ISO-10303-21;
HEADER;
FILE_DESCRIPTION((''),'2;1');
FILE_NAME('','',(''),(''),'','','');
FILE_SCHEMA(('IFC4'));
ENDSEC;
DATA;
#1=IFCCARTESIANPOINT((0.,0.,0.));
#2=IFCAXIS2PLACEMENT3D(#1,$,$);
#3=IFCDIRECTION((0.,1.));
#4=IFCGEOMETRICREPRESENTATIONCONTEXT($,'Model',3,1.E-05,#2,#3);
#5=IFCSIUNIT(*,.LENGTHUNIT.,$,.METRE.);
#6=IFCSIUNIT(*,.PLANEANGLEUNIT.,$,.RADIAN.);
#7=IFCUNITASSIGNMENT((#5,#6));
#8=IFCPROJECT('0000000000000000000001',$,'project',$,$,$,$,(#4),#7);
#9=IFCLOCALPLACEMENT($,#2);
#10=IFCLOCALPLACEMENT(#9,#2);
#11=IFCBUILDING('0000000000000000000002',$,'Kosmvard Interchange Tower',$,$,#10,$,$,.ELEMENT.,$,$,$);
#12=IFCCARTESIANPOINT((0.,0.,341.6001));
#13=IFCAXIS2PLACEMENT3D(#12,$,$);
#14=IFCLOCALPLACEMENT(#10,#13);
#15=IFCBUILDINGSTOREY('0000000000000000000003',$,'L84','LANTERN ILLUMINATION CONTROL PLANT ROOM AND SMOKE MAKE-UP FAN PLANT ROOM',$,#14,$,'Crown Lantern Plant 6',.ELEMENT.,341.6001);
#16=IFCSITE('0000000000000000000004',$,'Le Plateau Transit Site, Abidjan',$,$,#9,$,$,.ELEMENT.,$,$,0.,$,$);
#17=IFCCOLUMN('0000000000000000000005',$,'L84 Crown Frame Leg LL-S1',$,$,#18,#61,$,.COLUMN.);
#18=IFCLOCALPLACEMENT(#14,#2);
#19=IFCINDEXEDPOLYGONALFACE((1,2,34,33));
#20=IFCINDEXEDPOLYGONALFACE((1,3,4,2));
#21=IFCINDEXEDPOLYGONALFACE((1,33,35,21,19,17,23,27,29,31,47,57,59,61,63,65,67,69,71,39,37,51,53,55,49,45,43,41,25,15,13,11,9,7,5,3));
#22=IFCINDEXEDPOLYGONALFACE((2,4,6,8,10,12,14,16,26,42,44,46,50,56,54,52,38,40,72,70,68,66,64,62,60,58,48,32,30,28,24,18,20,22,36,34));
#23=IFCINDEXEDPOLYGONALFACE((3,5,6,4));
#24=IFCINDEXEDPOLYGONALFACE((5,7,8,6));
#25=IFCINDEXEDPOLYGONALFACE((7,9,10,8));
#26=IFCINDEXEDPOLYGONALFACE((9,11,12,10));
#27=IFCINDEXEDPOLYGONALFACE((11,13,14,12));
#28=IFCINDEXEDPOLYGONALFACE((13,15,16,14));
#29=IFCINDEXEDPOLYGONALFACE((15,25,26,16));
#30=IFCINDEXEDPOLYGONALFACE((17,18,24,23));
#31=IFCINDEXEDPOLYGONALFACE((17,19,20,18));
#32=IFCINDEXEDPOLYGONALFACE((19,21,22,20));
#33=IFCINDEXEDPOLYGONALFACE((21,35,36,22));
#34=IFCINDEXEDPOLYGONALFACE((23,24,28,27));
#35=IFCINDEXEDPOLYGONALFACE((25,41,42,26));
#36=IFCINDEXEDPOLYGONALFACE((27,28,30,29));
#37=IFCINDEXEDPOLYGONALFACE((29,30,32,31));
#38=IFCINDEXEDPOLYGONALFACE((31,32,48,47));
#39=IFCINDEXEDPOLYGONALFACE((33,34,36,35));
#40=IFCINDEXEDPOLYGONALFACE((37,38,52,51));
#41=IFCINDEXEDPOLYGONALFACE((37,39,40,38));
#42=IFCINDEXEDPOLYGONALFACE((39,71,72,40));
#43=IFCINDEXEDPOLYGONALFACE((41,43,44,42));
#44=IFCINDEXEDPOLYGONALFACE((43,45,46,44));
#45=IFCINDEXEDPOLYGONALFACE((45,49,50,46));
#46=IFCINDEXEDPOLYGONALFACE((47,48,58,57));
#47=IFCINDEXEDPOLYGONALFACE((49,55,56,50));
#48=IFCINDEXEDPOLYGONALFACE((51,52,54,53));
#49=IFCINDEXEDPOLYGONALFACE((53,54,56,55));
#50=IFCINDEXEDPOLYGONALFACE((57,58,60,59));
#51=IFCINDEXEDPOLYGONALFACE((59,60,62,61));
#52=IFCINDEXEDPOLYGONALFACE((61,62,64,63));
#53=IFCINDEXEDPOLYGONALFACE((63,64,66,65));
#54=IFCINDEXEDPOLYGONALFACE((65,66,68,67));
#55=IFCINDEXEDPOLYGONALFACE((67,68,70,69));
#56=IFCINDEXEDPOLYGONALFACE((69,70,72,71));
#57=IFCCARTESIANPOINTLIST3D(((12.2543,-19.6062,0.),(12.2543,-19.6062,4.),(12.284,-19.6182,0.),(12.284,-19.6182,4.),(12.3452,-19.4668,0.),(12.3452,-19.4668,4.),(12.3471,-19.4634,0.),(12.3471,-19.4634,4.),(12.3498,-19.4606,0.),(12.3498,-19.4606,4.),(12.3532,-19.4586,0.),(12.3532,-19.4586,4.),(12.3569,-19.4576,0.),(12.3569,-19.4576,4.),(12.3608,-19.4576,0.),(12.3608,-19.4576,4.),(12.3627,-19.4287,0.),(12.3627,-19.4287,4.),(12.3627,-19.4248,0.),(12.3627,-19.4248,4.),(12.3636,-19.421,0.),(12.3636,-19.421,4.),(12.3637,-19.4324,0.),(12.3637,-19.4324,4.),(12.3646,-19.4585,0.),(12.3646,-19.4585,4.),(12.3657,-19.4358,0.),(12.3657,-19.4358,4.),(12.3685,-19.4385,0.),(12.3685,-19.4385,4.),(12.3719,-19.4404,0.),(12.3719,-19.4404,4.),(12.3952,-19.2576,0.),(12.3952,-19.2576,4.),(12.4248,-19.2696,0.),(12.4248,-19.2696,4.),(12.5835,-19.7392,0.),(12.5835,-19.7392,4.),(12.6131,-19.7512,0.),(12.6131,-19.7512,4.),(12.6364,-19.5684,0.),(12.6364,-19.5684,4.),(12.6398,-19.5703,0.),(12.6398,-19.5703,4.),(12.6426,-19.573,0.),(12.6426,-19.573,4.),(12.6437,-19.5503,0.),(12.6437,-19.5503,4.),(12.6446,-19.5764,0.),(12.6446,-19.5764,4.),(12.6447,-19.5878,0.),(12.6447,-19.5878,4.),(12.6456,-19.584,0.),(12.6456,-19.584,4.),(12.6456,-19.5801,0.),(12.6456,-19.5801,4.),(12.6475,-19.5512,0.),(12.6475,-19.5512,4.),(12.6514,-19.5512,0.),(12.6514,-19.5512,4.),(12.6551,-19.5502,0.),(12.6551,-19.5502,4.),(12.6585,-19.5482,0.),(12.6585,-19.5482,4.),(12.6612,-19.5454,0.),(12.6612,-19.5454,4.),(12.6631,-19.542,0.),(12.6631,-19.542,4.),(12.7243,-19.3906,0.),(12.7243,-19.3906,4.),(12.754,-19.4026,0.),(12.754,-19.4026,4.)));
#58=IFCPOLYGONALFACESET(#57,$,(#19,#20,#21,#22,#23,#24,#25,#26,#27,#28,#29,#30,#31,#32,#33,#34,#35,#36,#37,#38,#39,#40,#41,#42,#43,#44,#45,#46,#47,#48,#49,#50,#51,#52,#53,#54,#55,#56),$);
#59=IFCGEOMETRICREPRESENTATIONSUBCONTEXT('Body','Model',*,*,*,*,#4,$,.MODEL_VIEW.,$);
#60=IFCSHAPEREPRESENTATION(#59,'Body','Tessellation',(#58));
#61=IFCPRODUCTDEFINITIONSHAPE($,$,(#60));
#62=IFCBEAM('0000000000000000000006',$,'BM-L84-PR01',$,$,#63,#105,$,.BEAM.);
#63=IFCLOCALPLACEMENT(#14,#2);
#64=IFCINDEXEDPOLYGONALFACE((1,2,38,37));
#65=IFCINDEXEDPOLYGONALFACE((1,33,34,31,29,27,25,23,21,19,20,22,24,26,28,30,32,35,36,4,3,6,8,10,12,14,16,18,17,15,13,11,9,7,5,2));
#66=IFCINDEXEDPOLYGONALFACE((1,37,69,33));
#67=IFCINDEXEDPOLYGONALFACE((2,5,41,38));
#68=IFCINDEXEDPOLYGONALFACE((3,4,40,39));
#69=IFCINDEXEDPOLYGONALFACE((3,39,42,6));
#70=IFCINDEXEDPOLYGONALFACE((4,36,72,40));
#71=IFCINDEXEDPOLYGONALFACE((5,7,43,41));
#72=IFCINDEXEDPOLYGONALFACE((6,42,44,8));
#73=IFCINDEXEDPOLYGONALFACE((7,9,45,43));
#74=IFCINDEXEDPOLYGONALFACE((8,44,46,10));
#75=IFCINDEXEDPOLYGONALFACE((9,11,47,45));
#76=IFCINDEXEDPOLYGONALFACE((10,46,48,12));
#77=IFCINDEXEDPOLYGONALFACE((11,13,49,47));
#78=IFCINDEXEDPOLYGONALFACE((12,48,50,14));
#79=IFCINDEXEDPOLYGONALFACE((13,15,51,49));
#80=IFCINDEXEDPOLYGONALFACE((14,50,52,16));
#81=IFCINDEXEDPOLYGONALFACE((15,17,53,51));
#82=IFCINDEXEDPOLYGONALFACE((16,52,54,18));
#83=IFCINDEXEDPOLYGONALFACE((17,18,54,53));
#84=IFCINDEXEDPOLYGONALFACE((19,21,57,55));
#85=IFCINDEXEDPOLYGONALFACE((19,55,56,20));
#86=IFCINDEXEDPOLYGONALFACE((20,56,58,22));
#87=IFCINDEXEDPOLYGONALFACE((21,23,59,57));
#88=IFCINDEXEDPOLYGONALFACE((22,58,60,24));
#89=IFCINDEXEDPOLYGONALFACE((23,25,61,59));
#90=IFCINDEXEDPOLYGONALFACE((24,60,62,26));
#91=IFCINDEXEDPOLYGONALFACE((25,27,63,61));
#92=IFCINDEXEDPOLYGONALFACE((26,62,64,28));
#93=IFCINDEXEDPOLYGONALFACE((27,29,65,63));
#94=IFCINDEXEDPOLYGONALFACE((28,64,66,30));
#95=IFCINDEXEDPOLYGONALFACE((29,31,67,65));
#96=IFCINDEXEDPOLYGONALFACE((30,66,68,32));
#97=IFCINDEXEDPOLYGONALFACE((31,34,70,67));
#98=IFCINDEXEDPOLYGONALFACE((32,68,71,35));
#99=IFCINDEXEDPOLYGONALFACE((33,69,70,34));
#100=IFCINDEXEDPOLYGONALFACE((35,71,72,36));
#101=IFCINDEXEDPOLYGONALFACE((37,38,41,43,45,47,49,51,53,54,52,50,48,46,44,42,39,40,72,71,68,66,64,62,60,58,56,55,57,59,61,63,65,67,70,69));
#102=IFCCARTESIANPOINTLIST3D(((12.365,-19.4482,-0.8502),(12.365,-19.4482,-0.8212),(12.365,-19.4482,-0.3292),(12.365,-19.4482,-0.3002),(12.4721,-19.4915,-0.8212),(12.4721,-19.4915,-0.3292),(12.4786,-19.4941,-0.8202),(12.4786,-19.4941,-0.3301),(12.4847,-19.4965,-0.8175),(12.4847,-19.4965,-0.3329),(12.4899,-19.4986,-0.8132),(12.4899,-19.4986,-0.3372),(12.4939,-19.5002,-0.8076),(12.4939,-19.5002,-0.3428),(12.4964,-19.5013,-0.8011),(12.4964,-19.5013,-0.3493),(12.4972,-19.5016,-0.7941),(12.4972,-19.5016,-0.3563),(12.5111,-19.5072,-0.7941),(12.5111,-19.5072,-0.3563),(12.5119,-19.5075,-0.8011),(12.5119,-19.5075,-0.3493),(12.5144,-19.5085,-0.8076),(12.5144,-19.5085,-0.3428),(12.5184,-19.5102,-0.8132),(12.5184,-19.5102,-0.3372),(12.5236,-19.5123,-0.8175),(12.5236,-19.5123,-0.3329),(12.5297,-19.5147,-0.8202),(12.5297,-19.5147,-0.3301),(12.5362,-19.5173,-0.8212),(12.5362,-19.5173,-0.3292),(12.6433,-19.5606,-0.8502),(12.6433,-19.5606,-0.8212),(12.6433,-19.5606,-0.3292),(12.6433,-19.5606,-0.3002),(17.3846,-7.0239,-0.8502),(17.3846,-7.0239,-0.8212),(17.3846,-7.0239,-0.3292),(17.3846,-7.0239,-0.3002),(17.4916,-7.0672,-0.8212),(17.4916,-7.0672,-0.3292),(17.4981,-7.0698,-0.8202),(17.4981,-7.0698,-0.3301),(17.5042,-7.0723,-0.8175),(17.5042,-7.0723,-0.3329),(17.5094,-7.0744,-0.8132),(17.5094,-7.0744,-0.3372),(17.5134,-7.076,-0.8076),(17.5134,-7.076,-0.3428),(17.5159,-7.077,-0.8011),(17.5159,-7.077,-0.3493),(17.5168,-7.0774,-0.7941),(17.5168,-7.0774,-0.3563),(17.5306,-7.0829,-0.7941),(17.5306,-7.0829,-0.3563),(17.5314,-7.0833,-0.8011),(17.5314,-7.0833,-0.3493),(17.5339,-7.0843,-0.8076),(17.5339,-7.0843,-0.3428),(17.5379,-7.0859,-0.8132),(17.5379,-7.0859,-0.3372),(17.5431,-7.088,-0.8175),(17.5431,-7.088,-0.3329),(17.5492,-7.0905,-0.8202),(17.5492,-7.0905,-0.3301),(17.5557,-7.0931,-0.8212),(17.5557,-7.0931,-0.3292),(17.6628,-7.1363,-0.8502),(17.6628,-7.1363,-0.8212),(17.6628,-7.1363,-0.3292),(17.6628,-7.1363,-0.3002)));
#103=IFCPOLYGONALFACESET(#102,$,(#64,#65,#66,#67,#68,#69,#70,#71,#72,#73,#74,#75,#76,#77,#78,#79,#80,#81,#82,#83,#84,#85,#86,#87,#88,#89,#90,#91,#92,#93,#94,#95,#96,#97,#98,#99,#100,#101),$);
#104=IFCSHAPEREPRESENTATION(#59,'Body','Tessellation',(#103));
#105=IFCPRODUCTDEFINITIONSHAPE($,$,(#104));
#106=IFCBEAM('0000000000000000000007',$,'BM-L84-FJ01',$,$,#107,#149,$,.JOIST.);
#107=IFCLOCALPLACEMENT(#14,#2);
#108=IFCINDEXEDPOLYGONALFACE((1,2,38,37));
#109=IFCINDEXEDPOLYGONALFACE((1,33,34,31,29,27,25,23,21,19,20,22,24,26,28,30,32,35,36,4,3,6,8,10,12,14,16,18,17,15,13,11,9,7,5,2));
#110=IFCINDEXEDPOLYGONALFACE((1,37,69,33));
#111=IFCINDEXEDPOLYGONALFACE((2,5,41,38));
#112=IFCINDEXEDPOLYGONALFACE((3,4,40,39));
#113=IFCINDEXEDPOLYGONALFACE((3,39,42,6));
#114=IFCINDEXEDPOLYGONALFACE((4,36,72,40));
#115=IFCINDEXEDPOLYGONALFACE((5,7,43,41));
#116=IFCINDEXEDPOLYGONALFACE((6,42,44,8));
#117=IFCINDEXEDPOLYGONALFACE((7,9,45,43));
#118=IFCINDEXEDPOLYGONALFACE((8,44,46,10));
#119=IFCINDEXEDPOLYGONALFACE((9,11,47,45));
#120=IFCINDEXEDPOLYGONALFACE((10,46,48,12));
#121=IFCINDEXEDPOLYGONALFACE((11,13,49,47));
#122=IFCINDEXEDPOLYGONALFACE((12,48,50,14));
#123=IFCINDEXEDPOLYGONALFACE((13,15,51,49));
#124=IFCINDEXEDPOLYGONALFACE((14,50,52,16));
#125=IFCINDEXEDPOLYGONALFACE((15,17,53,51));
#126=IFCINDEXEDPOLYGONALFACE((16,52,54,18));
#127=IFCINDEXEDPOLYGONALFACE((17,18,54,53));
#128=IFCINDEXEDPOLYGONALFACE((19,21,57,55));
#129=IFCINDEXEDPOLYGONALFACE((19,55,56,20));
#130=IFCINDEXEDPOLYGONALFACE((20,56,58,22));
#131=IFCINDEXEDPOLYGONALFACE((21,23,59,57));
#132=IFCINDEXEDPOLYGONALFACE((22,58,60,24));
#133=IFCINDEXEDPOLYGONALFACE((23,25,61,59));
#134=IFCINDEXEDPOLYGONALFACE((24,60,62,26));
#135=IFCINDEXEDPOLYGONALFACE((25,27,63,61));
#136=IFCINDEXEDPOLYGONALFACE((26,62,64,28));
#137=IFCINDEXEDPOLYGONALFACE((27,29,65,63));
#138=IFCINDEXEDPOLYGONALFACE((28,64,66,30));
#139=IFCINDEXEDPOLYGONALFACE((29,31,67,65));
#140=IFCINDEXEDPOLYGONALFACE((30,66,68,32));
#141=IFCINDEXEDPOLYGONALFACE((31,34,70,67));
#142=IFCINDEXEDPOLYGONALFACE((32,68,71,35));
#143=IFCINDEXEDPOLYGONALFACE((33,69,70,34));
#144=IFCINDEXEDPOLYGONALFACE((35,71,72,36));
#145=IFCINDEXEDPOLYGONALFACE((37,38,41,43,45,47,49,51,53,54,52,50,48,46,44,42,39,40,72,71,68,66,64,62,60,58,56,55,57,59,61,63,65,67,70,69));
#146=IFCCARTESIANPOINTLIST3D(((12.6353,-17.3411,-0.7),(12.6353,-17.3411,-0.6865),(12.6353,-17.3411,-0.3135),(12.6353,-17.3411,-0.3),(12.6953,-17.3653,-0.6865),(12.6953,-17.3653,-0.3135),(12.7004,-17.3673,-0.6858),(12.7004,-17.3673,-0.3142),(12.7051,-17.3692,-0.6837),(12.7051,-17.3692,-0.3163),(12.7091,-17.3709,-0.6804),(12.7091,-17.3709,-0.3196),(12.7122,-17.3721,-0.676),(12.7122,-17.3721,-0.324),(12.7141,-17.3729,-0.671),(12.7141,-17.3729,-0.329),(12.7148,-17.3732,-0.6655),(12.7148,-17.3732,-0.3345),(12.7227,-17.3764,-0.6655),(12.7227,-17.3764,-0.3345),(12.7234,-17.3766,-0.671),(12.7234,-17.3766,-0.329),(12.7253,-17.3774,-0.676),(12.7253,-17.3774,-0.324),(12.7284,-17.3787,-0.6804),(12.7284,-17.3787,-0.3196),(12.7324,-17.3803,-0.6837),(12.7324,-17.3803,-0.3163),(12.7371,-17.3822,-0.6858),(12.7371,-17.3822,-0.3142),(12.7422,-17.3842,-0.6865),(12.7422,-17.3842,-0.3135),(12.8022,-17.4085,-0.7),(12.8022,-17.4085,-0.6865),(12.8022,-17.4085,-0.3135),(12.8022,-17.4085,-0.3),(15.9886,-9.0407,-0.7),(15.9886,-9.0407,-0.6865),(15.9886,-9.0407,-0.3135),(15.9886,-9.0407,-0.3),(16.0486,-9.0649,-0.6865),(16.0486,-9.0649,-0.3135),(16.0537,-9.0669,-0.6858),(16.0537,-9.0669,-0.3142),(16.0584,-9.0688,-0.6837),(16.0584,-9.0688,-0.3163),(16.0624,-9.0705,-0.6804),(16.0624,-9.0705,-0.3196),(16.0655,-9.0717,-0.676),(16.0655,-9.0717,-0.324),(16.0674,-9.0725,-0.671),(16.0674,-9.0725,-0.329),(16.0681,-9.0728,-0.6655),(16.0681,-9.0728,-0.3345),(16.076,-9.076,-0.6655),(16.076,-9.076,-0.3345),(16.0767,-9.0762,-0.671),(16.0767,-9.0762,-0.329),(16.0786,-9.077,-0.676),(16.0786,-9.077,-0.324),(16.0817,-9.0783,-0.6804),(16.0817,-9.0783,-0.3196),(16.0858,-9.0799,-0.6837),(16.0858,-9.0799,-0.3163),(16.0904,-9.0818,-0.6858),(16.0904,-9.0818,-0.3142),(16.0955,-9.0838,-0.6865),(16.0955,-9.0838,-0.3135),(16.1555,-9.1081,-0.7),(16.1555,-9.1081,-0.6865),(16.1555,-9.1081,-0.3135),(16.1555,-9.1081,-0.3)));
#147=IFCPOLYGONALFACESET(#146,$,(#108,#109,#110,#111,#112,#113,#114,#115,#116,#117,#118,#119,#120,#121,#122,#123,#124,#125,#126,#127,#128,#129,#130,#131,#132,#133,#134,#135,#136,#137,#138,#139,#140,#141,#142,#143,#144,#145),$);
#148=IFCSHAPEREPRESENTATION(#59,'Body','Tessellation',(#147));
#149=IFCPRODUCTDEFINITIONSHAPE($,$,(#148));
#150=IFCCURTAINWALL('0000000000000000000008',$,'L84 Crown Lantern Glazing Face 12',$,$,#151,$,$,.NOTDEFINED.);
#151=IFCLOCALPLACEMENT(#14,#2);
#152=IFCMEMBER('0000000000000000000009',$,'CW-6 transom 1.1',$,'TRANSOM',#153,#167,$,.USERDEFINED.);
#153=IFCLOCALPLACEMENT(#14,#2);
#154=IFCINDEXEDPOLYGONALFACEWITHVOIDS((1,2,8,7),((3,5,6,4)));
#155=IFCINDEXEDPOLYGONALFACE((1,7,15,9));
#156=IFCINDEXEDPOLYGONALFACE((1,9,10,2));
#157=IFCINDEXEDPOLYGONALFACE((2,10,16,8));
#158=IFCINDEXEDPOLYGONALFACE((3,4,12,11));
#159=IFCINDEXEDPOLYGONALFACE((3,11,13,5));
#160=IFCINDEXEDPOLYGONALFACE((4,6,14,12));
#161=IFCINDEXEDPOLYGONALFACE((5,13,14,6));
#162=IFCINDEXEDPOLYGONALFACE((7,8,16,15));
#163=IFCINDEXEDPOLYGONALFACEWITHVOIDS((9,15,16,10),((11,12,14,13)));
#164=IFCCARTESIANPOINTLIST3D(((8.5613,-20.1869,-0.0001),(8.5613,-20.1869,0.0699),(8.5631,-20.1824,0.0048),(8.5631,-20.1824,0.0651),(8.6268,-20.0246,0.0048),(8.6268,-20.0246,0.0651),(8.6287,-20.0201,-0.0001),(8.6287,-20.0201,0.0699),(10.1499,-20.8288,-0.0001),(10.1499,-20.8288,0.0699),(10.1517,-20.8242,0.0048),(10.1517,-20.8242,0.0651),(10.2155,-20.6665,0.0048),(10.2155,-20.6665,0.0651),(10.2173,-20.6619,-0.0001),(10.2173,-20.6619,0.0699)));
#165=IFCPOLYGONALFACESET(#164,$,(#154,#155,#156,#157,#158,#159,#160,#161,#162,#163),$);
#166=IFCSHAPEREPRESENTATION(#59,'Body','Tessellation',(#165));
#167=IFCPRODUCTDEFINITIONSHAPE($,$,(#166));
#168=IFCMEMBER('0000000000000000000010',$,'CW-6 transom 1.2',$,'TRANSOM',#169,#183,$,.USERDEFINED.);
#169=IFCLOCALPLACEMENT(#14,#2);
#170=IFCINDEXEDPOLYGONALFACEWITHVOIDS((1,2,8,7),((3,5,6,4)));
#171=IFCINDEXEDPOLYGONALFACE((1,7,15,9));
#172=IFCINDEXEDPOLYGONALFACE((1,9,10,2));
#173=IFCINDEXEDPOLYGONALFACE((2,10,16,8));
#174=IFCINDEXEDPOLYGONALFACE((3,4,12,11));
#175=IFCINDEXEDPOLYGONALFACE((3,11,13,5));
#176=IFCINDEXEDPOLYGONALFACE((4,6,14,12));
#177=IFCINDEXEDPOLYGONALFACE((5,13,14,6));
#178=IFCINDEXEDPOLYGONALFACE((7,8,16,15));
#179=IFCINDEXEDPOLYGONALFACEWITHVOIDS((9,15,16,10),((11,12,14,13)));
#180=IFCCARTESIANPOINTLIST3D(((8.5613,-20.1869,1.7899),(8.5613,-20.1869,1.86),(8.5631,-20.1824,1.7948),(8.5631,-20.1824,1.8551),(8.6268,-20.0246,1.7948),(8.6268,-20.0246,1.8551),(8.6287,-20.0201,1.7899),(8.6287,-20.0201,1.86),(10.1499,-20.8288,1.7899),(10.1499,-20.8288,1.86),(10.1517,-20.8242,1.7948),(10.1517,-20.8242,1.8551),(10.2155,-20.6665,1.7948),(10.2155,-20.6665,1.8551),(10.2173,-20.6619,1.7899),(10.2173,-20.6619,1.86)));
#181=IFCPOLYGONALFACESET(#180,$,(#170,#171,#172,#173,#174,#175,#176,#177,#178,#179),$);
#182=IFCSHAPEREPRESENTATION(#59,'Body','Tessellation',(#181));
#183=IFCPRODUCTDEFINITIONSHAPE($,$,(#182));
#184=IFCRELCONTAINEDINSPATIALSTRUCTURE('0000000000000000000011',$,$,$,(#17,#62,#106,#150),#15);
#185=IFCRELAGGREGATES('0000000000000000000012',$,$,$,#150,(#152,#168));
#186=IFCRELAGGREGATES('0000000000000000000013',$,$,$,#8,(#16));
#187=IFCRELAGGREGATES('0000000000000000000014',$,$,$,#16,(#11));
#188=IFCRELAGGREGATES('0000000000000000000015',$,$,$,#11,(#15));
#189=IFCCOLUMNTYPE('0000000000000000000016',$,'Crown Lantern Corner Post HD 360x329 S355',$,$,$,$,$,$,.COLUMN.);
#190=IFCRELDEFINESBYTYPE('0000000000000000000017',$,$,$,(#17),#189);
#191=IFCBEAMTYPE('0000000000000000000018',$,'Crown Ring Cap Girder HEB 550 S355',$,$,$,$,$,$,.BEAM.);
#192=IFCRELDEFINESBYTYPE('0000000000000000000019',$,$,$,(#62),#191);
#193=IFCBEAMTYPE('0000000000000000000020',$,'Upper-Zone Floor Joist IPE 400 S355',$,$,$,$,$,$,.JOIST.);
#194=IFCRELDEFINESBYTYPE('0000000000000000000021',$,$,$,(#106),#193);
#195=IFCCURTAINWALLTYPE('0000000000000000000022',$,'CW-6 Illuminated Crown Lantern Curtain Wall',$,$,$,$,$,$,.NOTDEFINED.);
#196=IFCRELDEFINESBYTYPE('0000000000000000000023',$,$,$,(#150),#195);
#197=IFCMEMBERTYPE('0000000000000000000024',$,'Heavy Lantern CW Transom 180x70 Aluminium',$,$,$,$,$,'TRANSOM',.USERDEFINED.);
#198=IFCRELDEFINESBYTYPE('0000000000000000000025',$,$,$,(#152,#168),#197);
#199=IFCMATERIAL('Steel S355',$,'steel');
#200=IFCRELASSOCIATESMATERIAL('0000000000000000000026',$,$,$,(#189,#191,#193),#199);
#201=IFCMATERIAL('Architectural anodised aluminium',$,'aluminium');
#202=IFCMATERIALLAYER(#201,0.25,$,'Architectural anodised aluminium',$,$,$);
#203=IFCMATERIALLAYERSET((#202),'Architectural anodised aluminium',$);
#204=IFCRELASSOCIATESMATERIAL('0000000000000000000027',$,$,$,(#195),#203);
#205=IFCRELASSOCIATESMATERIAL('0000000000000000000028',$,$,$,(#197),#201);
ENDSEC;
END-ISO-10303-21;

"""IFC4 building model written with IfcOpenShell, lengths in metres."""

from ifc_helpers import new_model, si_unit, direction, frame, origin, origin_2d, place, context, subcontext, project, spatial, hollow_rectangle, i_section, extrude, source, transform, mapped, material, layer, layer_set, material_profile, profile_set, type_object, element, aggregate, save


model = new_model("IFC4")

# Units and contexts
model_context = context("Model", 3, precision=1e-05, world=origin(), true_north=direction((0.0, 1.0)))
body_context = subcontext(model_context, "Body", "Model", "MODEL_VIEW")
ifc_project = project(units=[si_unit("LENGTHUNIT", "METRE"), si_unit("PLANEANGLEUNIT", "RADIAN")], contexts=[model_context])

# Site, building, storey
site_placement = place(None, origin())
site = spatial("IfcSite", under=ifc_project, at=site_placement, Name="Le Plateau Transit Site, Abidjan", CompositionType="ELEMENT", RefElevation=0.0)
building_placement = place(site_placement, origin())
building = spatial("IfcBuilding", under=site, at=building_placement, Name="Kosmvard Interchange Tower", CompositionType="ELEMENT")
storey_placement = place(building_placement, frame((0.0, 0.0, 341.6001)))
storey = spatial("IfcBuildingStorey", under=building, at=storey_placement, Name="L84", Description="LANTERN ILLUMINATION CONTROL PLANT ROOM AND SMOKE MAKE-UP FAN PLANT ROOM", LongName="Crown Lantern Plant 6", CompositionType="ELEMENT", Elevation=341.6001)

# Column
ifc_material_1 = material(Name="Steel S355", Category="steel")
ifc_material_profile_1 = material_profile(ifc_material_1, i_section(OverallWidth=0.376, OverallDepth=0.387, WebThickness=0.0195, FlangeThickness=0.032, FilletRadius=0.0149, at=origin_2d()), Name="HD 360x329")
ifc_profile_set_1 = profile_set([ifc_material_profile_1], Name="Steel S355")
column_type = type_object("IfcColumnType", Name="Crown Lantern Corner Post HD 360x329 S355", PredefinedType="COLUMN", material=ifc_profile_set_1)
shared_shape_1 = source(origin(), body_context, "Body", "SweptSolid", [
    extrude(i_section(OverallWidth=0.376, OverallDepth=0.387, WebThickness=0.0195, FlangeThickness=0.032, FilletRadius=0.0149, at=origin_2d()), origin(), (0.0, 0.0, 1.0), 4.0),
])
column_placement = place(storey_placement, frame((12.5042, -19.5044, 0.0), z_axis=(0.0, 0.0, 1.0), x_axis=(0.374607, 0.927184, 0.0)))
element("IfcColumn", 1, at=column_placement, inside=storey, type_object=column_type, Name="L84 Crown Frame Leg LL-S1", PredefinedType="COLUMN", context=body_context, shape_type="MappedRepresentation", body=[
    mapped(shared_shape_1, transform((0.0, 0.0, 0.0), scale=1.0)),
])

# Beams
ifc_material_profile_2 = material_profile(ifc_material_1, i_section(OverallWidth=0.3, OverallDepth=0.55, WebThickness=0.0149, FlangeThickness=0.0291, FilletRadius=0.0271, at=origin_2d()), Name="HEB 550")
ifc_profile_set_2 = profile_set([ifc_material_profile_2], Name="Steel S355")
beam_type_1 = type_object("IfcBeamType", Name="Crown Ring Cap Girder HEB 550 S355", PredefinedType="BEAM", material=ifc_profile_set_2)
shared_shape_2 = source(origin(), body_context, "Body", "SweptSolid", [
    extrude(i_section(OverallWidth=0.3, OverallDepth=0.55, WebThickness=0.0149, FlangeThickness=0.0291, FilletRadius=0.0271, at=origin_2d()), origin(), (0.0, 0.0, 1.0), 13.3999),
])
beam_1_placement = place(storey_placement, frame((12.5042, -19.5044, -0.5752), z_axis=(0.374593, 0.92719, 0.0), x_axis=(-0.92719, 0.374593, 0.0)))
element("IfcBeam", 2, at=beam_1_placement, inside=storey, type_object=beam_type_1, Name="BM-L84-PR01", PredefinedType="BEAM", context=body_context, shape_type="MappedRepresentation", body=[
    mapped(shared_shape_2, transform((0.0, 0.0, 0.0), scale=1.0)),
])
ifc_material_profile_3 = material_profile(ifc_material_1, i_section(OverallWidth=0.1799, OverallDepth=0.3999, WebThickness=0.0085, FlangeThickness=0.0134, FilletRadius=0.021, at=origin_2d()), Name="IPE 400")
ifc_profile_set_3 = profile_set([ifc_material_profile_3], Name="Steel S355")
beam_type_2 = type_object("IfcBeamType", Name="Upper-Zone Floor Joist IPE 400 S355", PredefinedType="JOIST", material=ifc_profile_set_3)
shared_shape_3 = source(origin(), body_context, "Body", "SweptSolid", [
    extrude(i_section(OverallWidth=0.1799, OverallDepth=0.3999, WebThickness=0.0085, FlangeThickness=0.0134, FilletRadius=0.021, at=origin_2d()), origin(), (0.0, 0.0, 1.0), 8.9521),
])
beam_2_placement = place(storey_placement, frame((12.7188, -17.3748, -0.5), z_axis=(0.374581, 0.927194, 0.0), x_axis=(-0.927194, 0.374581, 0.0)))
element("IfcBeam", 3, at=beam_2_placement, inside=storey, type_object=beam_type_2, Name="BM-L84-FJ01", PredefinedType="JOIST", context=body_context, shape_type="MappedRepresentation", body=[
    mapped(shared_shape_3, transform((0.0, 0.0, 0.0), scale=1.0)),
])

# Curtain wall, members
ifc_material_2 = material(Name="Architectural anodised aluminium", Category="aluminium")
ifc_layer_1 = layer(ifc_material_2, 0.25, Name="Architectural anodised aluminium")
ifc_layer_set_1 = layer_set([ifc_layer_1], Name="Architectural anodised aluminium")
curtain_wall_type = type_object("IfcCurtainWallType", Name="CW-6 Illuminated Crown Lantern Curtain Wall", PredefinedType="NOTDEFINED", material=ifc_layer_set_1)
curtain_wall_1_placement = place(storey_placement, origin())
curtain_wall_1 = element("IfcCurtainWall", 4, at=curtain_wall_1_placement, inside=storey, type_object=curtain_wall_type, Name="L84 Crown Lantern Glazing Face 12", PredefinedType="NOTDEFINED")
ifc_material_profile_4 = material_profile(ifc_material_2, hollow_rectangle(XDim=0.1799, YDim=0.0701, WallThickness=0.0049, at=origin_2d()), Name="CWT 180x70x5")
ifc_profile_set_4 = profile_set([ifc_material_profile_4], Name="Architectural anodised aluminium")
member_type_1 = type_object("IfcMemberType", Name="Heavy Lantern CW Transom 180x70 Aluminium", ElementType="TRANSOM", PredefinedType="USERDEFINED", material=ifc_profile_set_4)
shared_shape_4 = source(origin(), body_context, "Body", "SweptSolid", [
    extrude(hollow_rectangle(XDim=0.1799, YDim=0.0701, WallThickness=0.0049, at=origin_2d()), origin(), (0.0, 0.0, 1.0), 1.7134),
])
member_1_placement = place(storey_placement, frame((8.595, -20.1035, 0.0349), z_axis=(0.927184, -0.374607, 0.0), x_axis=(0.374607, 0.927184, 0.0)))
member_1 = element("IfcMember", 5, at=member_1_placement, type_object=member_type_1, Name="CW-6 transom 1.1", ObjectType="TRANSOM", PredefinedType="USERDEFINED", context=body_context, shape_type="MappedRepresentation", body=[
    mapped(shared_shape_4, transform((0.0, 0.0, 0.0), scale=1.0)),
])
member_2_placement = place(storey_placement, frame((8.595, -20.1035, 1.825), z_axis=(0.927184, -0.374607, 0.0), x_axis=(0.374607, 0.927184, 0.0)))
member_2 = element("IfcMember", 6, at=member_2_placement, type_object=member_type_1, Name="CW-6 transom 1.2", ObjectType="TRANSOM", PredefinedType="USERDEFINED", context=body_context, shape_type="MappedRepresentation", body=[
    mapped(shared_shape_4, transform((0.0, 0.0, 0.0), scale=1.0)),
])

aggregate(curtain_wall_1, [member_1, member_2])

save(model, "model.ifc")
